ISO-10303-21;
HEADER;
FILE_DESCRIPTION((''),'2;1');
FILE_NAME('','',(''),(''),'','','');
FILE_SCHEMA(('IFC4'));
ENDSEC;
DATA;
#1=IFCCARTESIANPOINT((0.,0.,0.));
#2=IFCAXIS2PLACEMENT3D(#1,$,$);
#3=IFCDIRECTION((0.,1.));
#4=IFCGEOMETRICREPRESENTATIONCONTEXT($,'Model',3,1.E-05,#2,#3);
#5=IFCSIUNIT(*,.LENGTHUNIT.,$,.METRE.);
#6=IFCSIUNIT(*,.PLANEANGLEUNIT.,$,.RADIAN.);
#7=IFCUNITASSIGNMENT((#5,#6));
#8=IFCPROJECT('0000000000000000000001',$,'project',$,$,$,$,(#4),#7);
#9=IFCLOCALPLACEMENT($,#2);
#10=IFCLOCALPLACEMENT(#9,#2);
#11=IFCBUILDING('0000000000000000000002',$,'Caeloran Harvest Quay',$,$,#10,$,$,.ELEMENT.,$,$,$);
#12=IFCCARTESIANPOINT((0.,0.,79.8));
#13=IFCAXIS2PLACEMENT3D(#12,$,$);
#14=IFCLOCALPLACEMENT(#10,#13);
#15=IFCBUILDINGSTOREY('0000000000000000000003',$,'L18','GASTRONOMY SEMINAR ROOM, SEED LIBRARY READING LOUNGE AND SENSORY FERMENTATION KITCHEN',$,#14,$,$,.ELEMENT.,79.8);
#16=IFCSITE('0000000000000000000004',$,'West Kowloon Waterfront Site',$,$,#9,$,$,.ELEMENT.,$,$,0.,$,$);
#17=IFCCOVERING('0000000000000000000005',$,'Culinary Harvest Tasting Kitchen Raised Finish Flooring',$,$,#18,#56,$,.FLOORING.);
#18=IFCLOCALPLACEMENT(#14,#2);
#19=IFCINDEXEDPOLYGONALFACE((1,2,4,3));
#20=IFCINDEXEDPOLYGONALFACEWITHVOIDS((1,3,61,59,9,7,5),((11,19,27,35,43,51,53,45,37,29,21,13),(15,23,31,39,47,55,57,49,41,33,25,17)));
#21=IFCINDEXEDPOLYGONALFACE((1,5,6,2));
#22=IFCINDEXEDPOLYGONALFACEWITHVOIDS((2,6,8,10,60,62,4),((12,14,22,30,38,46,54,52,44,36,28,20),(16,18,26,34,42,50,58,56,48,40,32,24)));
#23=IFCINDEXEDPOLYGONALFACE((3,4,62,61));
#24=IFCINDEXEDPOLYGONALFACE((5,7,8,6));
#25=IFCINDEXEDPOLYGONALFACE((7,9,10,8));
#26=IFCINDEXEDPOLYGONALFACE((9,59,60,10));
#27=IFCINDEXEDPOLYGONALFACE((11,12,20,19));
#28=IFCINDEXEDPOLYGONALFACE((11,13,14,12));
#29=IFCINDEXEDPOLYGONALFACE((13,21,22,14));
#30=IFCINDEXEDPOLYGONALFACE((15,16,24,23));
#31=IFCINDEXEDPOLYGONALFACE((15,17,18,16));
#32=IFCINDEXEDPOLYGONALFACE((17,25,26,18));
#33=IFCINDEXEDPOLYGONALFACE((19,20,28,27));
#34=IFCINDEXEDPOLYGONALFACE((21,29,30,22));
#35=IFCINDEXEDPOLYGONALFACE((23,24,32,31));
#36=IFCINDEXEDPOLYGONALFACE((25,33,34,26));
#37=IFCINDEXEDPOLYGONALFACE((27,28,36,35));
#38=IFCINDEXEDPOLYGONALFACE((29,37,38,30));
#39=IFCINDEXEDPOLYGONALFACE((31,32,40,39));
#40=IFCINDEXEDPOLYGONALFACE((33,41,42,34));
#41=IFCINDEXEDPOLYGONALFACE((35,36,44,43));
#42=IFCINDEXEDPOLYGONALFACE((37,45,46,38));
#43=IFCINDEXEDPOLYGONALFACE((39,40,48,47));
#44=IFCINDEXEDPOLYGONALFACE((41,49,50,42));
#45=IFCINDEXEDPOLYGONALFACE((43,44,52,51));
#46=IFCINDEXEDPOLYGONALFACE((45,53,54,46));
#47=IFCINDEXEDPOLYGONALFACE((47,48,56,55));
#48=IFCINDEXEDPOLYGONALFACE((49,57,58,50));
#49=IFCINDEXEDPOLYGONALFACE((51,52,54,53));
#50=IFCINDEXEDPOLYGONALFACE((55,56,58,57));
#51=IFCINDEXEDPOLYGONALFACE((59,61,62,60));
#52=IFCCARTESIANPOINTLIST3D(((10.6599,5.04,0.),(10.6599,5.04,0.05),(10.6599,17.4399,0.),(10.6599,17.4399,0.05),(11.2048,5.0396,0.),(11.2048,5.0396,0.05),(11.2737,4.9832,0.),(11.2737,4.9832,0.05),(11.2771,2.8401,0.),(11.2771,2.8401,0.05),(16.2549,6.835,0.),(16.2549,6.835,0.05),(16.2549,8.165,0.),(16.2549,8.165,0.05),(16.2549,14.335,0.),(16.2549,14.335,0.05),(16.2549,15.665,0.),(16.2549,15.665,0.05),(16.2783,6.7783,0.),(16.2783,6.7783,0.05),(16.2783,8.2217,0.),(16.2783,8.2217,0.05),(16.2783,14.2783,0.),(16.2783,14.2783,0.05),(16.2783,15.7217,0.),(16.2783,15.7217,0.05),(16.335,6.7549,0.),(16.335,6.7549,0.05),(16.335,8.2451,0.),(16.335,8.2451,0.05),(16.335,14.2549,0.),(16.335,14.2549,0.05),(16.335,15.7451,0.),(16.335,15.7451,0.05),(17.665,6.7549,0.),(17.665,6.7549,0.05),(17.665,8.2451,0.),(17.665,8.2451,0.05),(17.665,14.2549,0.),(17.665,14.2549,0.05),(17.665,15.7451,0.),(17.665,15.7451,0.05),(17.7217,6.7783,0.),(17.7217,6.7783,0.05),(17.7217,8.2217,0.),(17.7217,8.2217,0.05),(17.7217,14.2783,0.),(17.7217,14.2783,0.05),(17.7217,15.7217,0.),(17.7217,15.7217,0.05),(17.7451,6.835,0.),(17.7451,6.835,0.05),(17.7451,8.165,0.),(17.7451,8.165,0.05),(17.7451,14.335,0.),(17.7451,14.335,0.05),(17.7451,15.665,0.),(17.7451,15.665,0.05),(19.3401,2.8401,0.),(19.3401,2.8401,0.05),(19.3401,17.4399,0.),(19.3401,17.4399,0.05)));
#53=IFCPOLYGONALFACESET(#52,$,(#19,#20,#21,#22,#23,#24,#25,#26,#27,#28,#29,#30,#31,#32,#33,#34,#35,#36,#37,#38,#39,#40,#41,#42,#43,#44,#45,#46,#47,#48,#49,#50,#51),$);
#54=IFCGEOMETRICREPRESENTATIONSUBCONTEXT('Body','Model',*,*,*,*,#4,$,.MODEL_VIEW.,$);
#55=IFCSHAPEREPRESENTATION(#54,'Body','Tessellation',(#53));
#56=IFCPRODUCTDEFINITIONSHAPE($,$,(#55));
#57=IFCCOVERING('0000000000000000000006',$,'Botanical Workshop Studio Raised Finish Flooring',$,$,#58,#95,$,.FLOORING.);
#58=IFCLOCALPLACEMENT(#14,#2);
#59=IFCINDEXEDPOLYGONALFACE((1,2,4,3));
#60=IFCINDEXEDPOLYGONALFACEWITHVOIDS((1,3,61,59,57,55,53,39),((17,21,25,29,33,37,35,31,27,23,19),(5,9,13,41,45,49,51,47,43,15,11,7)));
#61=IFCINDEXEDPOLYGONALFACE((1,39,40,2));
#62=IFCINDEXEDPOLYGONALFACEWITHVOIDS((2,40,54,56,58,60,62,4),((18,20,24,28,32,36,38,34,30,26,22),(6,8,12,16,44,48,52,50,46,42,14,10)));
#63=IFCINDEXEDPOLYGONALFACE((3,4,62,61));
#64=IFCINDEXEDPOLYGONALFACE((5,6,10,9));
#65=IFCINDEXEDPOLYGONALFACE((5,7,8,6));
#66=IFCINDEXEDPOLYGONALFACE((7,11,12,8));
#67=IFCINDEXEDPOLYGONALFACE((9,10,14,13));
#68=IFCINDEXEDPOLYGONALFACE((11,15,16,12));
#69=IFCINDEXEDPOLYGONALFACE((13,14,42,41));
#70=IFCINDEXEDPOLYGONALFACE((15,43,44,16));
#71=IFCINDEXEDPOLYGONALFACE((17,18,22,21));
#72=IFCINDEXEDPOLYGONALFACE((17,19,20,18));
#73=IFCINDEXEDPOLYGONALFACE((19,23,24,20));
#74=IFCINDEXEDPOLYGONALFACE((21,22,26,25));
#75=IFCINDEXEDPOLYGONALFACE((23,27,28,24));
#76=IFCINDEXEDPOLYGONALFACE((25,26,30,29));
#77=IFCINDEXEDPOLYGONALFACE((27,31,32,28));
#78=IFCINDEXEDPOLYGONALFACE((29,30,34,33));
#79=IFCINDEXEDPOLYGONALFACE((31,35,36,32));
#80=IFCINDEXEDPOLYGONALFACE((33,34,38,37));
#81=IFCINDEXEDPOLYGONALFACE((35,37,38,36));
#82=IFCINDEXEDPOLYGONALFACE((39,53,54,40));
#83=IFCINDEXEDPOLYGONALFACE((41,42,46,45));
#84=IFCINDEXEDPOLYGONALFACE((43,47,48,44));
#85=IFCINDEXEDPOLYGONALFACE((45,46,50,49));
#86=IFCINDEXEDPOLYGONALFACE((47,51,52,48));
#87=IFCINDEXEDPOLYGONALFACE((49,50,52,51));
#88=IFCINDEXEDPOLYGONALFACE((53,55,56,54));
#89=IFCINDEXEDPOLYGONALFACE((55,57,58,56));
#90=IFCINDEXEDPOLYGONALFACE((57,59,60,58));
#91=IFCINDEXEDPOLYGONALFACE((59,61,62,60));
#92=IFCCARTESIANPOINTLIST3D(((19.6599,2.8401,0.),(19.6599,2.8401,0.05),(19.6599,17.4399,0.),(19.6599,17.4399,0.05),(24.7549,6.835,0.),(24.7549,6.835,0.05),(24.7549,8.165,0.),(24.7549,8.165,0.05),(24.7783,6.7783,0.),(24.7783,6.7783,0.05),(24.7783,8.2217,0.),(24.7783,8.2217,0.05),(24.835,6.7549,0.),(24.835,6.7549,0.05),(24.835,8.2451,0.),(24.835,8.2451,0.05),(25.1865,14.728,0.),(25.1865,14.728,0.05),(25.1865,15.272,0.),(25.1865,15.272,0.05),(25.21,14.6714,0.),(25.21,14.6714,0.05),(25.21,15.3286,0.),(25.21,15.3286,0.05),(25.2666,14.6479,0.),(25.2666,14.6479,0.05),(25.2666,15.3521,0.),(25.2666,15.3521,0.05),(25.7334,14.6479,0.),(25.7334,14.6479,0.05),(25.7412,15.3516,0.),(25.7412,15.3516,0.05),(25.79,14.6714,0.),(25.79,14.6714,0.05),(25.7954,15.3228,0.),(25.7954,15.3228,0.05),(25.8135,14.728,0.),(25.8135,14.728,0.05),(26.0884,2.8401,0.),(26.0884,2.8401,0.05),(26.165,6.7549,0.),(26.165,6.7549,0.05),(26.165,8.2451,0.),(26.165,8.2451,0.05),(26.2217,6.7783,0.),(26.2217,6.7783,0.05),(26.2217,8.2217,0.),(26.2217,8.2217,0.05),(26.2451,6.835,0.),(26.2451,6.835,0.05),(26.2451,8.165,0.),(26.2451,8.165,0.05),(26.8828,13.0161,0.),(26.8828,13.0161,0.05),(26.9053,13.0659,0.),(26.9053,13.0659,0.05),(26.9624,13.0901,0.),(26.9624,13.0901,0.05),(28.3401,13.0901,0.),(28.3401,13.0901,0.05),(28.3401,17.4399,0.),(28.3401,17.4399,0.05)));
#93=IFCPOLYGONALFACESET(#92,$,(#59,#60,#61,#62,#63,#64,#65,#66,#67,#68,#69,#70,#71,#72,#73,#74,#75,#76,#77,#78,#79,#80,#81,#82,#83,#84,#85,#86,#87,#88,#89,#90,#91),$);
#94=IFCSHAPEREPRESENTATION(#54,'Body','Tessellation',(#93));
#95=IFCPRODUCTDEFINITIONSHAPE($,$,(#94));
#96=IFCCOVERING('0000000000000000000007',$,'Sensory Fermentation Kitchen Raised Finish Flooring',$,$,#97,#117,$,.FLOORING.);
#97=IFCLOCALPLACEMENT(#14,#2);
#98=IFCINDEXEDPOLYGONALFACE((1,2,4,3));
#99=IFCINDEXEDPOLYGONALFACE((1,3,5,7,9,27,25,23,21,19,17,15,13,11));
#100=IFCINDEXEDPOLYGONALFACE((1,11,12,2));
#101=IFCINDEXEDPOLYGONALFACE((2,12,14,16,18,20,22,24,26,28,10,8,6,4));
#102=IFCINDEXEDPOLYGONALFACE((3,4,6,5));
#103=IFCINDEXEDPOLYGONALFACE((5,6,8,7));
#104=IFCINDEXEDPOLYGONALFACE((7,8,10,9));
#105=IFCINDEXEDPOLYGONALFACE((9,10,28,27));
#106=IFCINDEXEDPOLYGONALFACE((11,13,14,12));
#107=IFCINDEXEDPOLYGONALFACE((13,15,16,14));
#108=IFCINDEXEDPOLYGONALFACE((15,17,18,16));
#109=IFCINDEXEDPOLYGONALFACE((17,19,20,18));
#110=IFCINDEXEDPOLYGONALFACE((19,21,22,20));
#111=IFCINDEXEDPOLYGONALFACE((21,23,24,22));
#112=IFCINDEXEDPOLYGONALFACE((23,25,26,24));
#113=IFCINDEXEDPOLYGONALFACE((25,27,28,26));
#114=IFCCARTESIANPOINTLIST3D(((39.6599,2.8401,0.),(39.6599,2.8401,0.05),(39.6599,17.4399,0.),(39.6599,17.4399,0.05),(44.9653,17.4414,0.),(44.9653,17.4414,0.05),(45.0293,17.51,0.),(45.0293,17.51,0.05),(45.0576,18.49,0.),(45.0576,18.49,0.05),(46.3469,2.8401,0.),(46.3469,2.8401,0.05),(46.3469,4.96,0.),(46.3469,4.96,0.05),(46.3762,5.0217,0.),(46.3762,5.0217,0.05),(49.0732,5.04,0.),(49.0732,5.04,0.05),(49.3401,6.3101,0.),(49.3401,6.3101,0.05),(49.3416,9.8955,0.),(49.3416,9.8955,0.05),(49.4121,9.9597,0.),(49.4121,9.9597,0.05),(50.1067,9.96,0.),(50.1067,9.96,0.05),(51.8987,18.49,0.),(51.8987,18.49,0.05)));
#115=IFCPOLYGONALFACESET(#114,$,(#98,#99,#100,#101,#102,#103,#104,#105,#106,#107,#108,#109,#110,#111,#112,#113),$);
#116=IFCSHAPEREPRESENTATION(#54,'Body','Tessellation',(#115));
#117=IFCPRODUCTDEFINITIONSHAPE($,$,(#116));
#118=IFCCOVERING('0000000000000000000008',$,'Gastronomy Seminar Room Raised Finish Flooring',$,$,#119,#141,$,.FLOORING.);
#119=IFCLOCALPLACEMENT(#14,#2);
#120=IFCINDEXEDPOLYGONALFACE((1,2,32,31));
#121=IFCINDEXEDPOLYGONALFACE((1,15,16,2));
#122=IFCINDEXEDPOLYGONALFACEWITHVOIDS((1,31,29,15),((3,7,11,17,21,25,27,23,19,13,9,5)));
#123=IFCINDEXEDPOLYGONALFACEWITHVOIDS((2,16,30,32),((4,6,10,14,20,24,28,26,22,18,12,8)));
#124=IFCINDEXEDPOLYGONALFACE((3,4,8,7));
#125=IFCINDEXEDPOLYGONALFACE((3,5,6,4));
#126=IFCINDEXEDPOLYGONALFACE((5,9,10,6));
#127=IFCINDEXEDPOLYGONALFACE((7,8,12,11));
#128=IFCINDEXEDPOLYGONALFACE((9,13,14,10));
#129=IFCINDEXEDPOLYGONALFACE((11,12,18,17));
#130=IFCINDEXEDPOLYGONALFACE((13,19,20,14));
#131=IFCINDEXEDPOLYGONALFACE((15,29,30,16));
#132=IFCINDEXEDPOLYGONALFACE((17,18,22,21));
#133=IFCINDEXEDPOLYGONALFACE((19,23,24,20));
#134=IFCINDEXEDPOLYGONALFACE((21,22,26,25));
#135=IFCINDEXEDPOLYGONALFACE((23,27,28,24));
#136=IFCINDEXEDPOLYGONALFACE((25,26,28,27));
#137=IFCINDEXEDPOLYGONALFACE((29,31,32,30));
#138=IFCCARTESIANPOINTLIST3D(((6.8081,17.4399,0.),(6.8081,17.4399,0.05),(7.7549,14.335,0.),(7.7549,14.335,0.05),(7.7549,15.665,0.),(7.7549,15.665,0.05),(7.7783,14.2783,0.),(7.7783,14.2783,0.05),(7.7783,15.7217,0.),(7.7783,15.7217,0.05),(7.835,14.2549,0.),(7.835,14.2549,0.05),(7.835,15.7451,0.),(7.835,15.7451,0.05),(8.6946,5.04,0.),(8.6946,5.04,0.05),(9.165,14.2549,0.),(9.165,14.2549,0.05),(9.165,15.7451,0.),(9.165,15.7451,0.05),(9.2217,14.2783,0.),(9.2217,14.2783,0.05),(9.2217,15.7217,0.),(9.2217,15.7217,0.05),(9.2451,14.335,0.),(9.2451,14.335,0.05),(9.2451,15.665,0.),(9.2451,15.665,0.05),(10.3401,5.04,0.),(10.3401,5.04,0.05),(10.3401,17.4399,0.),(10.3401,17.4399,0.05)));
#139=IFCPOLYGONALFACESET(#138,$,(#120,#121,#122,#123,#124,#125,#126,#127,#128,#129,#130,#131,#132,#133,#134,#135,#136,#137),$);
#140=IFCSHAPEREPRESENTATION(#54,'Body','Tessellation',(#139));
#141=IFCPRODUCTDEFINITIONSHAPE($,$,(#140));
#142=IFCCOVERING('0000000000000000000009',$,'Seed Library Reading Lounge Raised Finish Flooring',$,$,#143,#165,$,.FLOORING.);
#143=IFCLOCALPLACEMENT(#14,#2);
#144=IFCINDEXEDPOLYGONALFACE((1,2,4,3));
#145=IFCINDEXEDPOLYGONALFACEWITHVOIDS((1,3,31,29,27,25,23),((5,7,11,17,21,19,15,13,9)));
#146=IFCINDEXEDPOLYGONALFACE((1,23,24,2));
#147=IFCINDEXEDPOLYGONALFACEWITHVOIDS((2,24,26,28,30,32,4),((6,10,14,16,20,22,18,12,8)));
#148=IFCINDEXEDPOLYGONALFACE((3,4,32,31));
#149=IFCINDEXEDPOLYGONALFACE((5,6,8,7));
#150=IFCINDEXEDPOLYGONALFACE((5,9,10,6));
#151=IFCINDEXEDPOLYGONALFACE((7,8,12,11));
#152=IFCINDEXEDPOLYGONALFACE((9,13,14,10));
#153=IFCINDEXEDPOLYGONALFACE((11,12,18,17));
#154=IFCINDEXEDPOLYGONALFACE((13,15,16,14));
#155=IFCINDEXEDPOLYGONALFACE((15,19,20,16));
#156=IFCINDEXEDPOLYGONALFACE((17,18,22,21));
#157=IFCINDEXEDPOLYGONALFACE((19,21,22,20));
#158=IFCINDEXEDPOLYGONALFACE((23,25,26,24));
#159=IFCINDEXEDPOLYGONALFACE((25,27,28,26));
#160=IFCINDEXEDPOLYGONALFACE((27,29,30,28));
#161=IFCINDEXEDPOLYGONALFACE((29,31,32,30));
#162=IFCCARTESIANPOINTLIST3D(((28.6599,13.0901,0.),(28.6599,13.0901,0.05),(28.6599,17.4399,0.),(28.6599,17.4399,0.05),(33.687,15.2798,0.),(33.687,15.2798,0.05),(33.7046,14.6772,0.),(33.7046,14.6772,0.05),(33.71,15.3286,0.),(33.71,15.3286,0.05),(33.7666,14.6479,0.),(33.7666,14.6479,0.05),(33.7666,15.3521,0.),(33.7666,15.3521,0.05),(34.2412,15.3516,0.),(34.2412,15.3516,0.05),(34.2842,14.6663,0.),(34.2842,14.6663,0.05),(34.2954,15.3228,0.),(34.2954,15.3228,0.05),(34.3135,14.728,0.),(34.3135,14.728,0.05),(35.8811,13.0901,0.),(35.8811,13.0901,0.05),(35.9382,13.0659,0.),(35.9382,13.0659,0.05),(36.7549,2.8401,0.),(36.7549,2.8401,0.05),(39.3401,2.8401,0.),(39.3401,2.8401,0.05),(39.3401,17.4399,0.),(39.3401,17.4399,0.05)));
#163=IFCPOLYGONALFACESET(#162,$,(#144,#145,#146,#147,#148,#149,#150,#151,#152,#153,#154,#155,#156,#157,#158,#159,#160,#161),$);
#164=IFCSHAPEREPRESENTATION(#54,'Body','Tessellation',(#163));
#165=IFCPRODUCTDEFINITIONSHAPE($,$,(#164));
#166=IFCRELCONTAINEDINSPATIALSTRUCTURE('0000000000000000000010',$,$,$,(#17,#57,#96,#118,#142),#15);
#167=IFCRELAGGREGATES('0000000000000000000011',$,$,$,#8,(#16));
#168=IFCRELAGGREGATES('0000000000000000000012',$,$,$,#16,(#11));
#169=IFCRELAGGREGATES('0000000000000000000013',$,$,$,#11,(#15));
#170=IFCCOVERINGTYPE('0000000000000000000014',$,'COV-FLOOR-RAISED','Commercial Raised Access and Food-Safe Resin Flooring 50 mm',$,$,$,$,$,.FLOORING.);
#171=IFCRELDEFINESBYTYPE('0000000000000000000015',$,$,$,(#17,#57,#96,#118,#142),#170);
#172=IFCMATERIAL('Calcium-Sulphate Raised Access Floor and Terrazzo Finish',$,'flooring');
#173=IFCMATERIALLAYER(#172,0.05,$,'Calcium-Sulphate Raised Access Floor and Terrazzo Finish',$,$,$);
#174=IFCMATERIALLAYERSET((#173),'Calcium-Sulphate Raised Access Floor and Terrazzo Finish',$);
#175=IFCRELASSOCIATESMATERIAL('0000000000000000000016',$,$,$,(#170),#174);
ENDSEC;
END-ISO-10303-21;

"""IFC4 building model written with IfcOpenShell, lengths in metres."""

from ifc_helpers import new_model, si_unit, direction, frame, origin, place, context, subcontext, project, spatial, polyline, outline, extrude, material, layer, layer_set, type_object, element, save


model = new_model("IFC4")

# Units and contexts
model_context = context("Model", 3, precision=1e-05, world=origin(), true_north=direction((0.0, 1.0)))
body_context = subcontext(model_context, "Body", "Model", "MODEL_VIEW")
ifc_project = project(units=[si_unit("LENGTHUNIT", "METRE"), si_unit("PLANEANGLEUNIT", "RADIAN")], contexts=[model_context])

# Site, building, storey
site_placement = place(None, origin())
site = spatial("IfcSite", under=ifc_project, at=site_placement, Name="West Kowloon Waterfront Site", CompositionType="ELEMENT", RefElevation=0.0)
building_placement = place(site_placement, origin())
building = spatial("IfcBuilding", under=site, at=building_placement, Name="Caeloran Harvest Quay", CompositionType="ELEMENT")
storey_placement = place(building_placement, frame((0.0, 0.0, 79.8)))
storey = spatial("IfcBuildingStorey", under=building, at=storey_placement, Name="L18", Description="GASTRONOMY SEMINAR ROOM, SEED LIBRARY READING LOUNGE AND SENSORY FERMENTATION KITCHEN", CompositionType="ELEMENT", Elevation=79.8)

# Coverings
ifc_material_1 = material(Name="Calcium-Sulphate Raised Access Floor and Terrazzo Finish", Category="flooring")
ifc_layer_1 = layer(ifc_material_1, 0.05, Name="Calcium-Sulphate Raised Access Floor and Terrazzo Finish")
ifc_layer_set_1 = layer_set([ifc_layer_1], Name="Calcium-Sulphate Raised Access Floor and Terrazzo Finish")
covering_type_1 = type_object("IfcCoveringType", Name="COV-FLOOR-RAISED", Description="Commercial Raised Access and Food-Safe Resin Flooring 50 mm", PredefinedType="FLOORING", material=ifc_layer_set_1)
covering_1_placement = place(storey_placement, origin())
element("IfcCovering", 1, at=covering_1_placement, inside=storey, type_object=covering_type_1, Name="Culinary Harvest Tasting Kitchen Raised Finish Flooring", PredefinedType="FLOORING", context=body_context, shape_type="SweptSolid", body=[
    extrude(outline(polyline([(19.3401, 2.8401), (11.2771, 2.8401), (11.2737, 4.9832), (11.2048, 5.0396), (10.6599, 5.04), (10.6599, 17.4399), (19.3401, 17.4399), (19.3401, 2.8401)]), holes=[polyline([(16.335, 8.2451), (16.2783, 8.2217), (16.2549, 8.165), (16.2549, 6.835), (16.2783, 6.7783), (16.335, 6.7549), (17.665, 6.7549), (17.7217, 6.7783), (17.7451, 6.835), (17.7451, 8.165), (17.7217, 8.2217), (17.665, 8.2451), (16.335, 8.2451)]), polyline([(17.7451, 15.665), (17.7217, 15.7217), (17.665, 15.7451), (16.335, 15.7451), (16.2783, 15.7217), (16.2549, 15.665), (16.2549, 14.335), (16.2783, 14.2783), (16.335, 14.2549), (17.665, 14.2549), (17.7217, 14.2783), (17.7451, 14.335), (17.7451, 15.665)])]), origin(), (0.0, 0.0, 1.0), 0.05),
])
covering_2_placement = place(storey_placement, origin())
element("IfcCovering", 2, at=covering_2_placement, inside=storey, type_object=covering_type_1, Name="Botanical Workshop Studio Raised Finish Flooring", PredefinedType="FLOORING", context=body_context, shape_type="SweptSolid", body=[
    extrude(outline(polyline([(26.9624, 13.0901), (26.9053, 13.0659), (26.8828, 13.0161), (26.0884, 2.8401), (19.6599, 2.8401), (19.6599, 17.4399), (28.3401, 17.4399), (28.3401, 13.0901), (26.9624, 13.0901)]), holes=[polyline([(26.2451, 8.165), (26.2217, 8.2217), (26.165, 8.2451), (24.835, 8.2451), (24.7783, 8.2217), (24.7549, 8.165), (24.7549, 6.835), (24.7783, 6.7783), (24.835, 6.7549), (26.165, 6.7549), (26.2217, 6.7783), (26.2451, 6.835), (26.2451, 8.165)]), polyline([(25.8135, 14.728), (25.7954, 15.3228), (25.7412, 15.3516), (25.2666, 15.3521), (25.21, 15.3286), (25.1865, 15.272), (25.1865, 14.728), (25.21, 14.6714), (25.2666, 14.6479), (25.7334, 14.6479), (25.79, 14.6714), (25.8135, 14.728)])]), origin(), (0.0, 0.0, 1.0), 0.05),
])
covering_3_placement = place(storey_placement, origin())
element("IfcCovering", 3, at=covering_3_placement, inside=storey, type_object=covering_type_1, Name="Sensory Fermentation Kitchen Raised Finish Flooring", PredefinedType="FLOORING", context=body_context, shape_type="SweptSolid", body=[
    extrude(outline(polyline([(51.8987, 18.49), (50.1067, 9.96), (49.4121, 9.9597), (49.3416, 9.8955), (49.3401, 6.3101), (49.0732, 5.04), (46.3762, 5.0217), (46.3469, 4.96), (46.3469, 2.8401), (39.6599, 2.8401), (39.6599, 17.4399), (44.9653, 17.4414), (45.0293, 17.51), (45.0576, 18.49), (51.8987, 18.49)])), origin(), (0.0, 0.0, 1.0), 0.05),
])
covering_4_placement = place(storey_placement, origin())
element("IfcCovering", 4, at=covering_4_placement, inside=storey, type_object=covering_type_1, Name="Gastronomy Seminar Room Raised Finish Flooring", PredefinedType="FLOORING", context=body_context, shape_type="SweptSolid", body=[
    extrude(outline(polyline([(10.3401, 17.4399), (10.3401, 5.04), (8.6946, 5.04), (6.8081, 17.4399), (10.3401, 17.4399)]), holes=[polyline([(9.2451, 15.665), (9.2217, 15.7217), (9.165, 15.7451), (7.835, 15.7451), (7.7783, 15.7217), (7.7549, 15.665), (7.7549, 14.335), (7.7783, 14.2783), (7.835, 14.2549), (9.165, 14.2549), (9.2217, 14.2783), (9.2451, 14.335), (9.2451, 15.665)])]), origin(), (0.0, 0.0, 1.0), 0.05),
])
covering_5_placement = place(storey_placement, origin())
element("IfcCovering", 5, at=covering_5_placement, inside=storey, type_object=covering_type_1, Name="Seed Library Reading Lounge Raised Finish Flooring", PredefinedType="FLOORING", context=body_context, shape_type="SweptSolid", body=[
    extrude(outline(polyline([(28.6599, 13.0901), (28.6599, 17.4399), (39.3401, 17.4399), (39.3401, 2.8401), (36.7549, 2.8401), (35.9382, 13.0659), (35.8811, 13.0901), (28.6599, 13.0901)]), holes=[polyline([(33.7666, 15.3521), (33.71, 15.3286), (33.687, 15.2798), (33.7046, 14.6772), (33.7666, 14.6479), (34.2842, 14.6663), (34.3135, 14.728), (34.2954, 15.3228), (34.2412, 15.3516), (33.7666, 15.3521)])]), origin(), (0.0, 0.0, 1.0), 0.05),
])

save(model, "model.ifc")
